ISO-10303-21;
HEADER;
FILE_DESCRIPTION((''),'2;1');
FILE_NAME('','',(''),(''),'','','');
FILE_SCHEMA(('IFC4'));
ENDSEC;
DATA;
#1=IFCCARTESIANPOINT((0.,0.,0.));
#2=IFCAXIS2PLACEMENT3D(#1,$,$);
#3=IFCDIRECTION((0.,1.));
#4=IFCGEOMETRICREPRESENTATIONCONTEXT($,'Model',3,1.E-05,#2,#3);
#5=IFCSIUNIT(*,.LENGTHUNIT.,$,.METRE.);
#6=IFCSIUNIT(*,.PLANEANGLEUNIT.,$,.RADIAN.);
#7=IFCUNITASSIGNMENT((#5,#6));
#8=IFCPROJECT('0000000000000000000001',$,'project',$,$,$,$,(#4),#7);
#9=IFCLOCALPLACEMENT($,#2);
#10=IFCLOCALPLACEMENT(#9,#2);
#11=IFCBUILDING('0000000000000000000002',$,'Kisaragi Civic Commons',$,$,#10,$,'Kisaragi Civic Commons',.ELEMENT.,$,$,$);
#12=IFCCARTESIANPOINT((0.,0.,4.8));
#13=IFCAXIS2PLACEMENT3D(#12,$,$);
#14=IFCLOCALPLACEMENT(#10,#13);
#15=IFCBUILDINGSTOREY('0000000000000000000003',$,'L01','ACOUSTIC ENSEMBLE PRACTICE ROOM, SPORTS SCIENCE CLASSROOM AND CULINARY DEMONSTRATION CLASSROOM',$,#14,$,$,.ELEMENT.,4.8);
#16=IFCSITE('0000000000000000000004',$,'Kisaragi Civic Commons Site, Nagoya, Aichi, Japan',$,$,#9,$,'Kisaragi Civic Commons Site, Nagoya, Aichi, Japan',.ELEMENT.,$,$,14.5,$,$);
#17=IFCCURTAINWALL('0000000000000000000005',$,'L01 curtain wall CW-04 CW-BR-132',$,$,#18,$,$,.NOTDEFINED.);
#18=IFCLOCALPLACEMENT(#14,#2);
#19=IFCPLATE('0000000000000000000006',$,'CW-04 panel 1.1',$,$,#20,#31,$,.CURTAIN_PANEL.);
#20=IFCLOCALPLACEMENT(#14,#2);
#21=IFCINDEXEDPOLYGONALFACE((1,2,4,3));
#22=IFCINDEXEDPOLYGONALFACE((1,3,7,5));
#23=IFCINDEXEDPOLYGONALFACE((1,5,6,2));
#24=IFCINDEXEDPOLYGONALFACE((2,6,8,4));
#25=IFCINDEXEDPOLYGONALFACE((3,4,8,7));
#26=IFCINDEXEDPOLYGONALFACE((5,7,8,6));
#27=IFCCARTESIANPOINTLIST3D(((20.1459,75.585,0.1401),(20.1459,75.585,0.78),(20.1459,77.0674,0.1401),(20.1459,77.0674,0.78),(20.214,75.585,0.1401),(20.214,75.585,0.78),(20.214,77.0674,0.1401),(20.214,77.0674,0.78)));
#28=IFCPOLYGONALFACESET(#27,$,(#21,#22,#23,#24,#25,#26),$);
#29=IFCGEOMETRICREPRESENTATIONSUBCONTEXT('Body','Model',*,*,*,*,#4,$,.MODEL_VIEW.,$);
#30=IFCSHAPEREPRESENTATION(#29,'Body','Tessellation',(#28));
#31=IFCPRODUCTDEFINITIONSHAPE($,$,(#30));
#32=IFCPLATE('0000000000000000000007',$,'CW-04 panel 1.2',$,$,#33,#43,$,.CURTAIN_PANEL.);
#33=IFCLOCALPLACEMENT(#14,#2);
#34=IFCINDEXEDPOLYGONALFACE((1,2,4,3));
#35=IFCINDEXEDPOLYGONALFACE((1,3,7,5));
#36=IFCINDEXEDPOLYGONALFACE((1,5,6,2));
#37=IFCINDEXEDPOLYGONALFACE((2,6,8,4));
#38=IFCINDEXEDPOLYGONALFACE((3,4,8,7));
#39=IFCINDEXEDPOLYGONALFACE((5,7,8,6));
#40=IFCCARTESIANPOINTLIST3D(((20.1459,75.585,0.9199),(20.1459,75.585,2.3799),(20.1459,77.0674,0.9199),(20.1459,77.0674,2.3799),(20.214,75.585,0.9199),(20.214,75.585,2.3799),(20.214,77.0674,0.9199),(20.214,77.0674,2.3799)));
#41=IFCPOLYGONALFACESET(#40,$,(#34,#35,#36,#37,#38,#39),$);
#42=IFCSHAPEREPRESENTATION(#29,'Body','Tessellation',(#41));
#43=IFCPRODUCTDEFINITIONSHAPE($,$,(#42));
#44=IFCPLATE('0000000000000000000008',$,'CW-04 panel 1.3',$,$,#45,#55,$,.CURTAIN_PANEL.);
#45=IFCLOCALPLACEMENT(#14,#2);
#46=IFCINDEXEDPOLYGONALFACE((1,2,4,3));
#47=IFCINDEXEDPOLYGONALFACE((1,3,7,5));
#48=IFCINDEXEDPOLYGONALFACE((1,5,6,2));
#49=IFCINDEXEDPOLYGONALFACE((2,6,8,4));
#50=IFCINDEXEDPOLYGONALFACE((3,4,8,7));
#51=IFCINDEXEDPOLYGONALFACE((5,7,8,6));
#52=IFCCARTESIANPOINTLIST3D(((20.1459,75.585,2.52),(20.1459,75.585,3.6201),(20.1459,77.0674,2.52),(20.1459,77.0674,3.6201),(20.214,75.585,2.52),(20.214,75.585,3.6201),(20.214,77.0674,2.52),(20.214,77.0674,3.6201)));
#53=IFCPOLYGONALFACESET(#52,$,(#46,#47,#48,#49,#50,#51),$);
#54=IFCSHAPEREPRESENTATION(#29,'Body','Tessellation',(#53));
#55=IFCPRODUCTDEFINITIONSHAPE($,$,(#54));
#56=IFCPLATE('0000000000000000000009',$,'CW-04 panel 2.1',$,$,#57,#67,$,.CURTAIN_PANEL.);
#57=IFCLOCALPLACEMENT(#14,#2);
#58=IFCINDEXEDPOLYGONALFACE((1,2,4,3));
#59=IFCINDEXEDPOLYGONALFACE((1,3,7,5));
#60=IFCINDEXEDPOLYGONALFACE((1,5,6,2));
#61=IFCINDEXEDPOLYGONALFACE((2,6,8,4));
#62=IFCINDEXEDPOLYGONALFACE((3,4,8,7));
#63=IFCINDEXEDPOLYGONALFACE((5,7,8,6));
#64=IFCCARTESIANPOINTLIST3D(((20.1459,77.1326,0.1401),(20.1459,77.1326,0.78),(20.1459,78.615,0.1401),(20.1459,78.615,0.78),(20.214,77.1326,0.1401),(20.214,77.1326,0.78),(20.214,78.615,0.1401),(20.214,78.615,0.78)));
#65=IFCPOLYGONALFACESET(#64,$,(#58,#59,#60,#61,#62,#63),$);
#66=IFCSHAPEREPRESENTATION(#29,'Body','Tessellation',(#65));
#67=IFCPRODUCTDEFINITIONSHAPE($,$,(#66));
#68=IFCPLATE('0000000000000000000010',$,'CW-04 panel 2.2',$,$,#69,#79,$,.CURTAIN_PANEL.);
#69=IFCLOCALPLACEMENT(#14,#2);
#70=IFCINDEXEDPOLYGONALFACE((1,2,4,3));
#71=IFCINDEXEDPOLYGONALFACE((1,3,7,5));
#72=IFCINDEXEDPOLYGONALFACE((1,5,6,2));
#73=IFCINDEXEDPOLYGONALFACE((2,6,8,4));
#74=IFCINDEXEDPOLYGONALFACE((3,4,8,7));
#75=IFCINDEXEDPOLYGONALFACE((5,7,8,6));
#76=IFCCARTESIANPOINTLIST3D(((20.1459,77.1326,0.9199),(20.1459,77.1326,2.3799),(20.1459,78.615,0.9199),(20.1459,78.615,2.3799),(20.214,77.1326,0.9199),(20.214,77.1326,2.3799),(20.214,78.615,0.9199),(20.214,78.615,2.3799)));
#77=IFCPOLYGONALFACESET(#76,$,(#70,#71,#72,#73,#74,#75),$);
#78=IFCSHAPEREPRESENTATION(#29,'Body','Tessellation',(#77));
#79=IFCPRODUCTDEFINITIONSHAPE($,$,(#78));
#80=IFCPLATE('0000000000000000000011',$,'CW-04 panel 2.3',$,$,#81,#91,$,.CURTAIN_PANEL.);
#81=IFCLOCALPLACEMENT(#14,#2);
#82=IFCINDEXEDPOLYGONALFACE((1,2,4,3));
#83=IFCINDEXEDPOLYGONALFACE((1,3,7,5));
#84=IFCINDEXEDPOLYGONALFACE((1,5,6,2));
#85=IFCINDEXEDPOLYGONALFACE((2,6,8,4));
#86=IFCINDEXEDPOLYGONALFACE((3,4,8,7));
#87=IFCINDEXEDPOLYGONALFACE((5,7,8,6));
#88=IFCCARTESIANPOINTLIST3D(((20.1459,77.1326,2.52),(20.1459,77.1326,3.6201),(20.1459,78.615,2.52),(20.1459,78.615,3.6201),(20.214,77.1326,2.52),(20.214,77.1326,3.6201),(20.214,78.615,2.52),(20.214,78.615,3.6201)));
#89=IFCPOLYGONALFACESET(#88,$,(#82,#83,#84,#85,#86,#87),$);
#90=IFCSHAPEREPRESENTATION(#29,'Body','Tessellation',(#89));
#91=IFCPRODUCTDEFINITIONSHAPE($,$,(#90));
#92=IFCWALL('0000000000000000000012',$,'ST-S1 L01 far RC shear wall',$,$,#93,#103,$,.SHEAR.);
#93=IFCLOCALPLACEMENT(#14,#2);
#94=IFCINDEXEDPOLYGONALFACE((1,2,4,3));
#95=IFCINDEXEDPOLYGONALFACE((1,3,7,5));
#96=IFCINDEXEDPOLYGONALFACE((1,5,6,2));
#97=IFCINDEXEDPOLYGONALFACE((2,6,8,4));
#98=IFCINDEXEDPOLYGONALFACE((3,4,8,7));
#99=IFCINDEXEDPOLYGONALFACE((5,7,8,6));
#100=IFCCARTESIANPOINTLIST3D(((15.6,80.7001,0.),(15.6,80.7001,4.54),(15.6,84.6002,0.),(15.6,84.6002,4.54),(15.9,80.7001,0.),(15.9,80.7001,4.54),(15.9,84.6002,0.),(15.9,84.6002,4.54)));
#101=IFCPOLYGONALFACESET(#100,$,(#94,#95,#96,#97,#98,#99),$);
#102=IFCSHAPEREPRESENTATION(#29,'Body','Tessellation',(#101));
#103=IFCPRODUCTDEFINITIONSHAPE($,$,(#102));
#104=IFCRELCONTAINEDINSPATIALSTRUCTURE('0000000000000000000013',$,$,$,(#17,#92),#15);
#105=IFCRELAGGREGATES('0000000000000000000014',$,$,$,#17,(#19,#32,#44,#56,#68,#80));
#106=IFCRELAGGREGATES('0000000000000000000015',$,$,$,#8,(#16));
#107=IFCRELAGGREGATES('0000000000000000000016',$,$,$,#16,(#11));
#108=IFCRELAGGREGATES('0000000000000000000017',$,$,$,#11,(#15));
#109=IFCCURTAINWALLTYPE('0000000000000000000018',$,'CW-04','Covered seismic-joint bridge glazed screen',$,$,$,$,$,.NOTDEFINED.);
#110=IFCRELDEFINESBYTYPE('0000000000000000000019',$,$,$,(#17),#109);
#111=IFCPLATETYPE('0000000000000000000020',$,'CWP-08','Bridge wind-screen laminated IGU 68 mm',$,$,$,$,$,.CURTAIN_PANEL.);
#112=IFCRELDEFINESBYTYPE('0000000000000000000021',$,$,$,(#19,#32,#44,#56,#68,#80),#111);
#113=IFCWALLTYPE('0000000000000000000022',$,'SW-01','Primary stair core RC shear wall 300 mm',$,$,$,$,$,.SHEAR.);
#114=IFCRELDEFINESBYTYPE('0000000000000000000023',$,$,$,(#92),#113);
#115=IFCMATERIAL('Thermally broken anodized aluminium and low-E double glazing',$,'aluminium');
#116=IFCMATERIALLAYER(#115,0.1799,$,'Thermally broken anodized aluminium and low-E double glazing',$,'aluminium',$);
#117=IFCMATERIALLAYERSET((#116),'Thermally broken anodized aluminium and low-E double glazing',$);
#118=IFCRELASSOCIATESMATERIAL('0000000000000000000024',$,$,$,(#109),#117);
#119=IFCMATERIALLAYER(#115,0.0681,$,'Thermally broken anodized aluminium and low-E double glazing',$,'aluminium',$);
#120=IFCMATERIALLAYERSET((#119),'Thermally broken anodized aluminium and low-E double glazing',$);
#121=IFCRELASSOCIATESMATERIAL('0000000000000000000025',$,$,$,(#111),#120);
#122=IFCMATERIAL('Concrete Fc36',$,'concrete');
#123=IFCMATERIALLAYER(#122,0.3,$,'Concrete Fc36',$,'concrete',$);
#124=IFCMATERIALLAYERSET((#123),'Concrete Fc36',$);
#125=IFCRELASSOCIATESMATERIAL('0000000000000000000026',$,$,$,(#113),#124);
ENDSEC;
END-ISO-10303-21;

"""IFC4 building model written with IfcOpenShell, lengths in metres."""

from ifc_helpers import new_model, si_unit, direction, frame, frame_2d, origin, origin_2d, place, context, subcontext, project, spatial, rectangle, extrude, material, layer, layer_set, type_object, element, aggregate, save


model = new_model("IFC4")

# Units and contexts
model_context = context("Model", 3, precision=1e-05, world=origin(), true_north=direction((0.0, 1.0)))
body_context = subcontext(model_context, "Body", "Model", "MODEL_VIEW")
ifc_project = project(units=[si_unit("LENGTHUNIT", "METRE"), si_unit("PLANEANGLEUNIT", "RADIAN")], contexts=[model_context])

# Site, building, storey
site_placement = place(None, origin())
site = spatial("IfcSite", under=ifc_project, at=site_placement, Name="Kisaragi Civic Commons Site, Nagoya, Aichi, Japan", LongName="Kisaragi Civic Commons Site, Nagoya, Aichi, Japan", CompositionType="ELEMENT", RefElevation=14.5)
building_placement = place(site_placement, origin())
building = spatial("IfcBuilding", under=site, at=building_placement, Name="Kisaragi Civic Commons", LongName="Kisaragi Civic Commons", CompositionType="ELEMENT")
storey_placement = place(building_placement, frame((0.0, 0.0, 4.8)))
storey = spatial("IfcBuildingStorey", under=building, at=storey_placement, Name="L01", Description="ACOUSTIC ENSEMBLE PRACTICE ROOM, SPORTS SCIENCE CLASSROOM AND CULINARY DEMONSTRATION CLASSROOM", CompositionType="ELEMENT", Elevation=4.8)

# Curtain wall
ifc_material_1 = material(Name="Thermally broken anodized aluminium and low-E double glazing", Category="aluminium")
ifc_layer_1 = layer(ifc_material_1, 0.1799, Name="Thermally broken anodized aluminium and low-E double glazing", Category="aluminium")
ifc_layer_set_1 = layer_set([ifc_layer_1], Name="Thermally broken anodized aluminium and low-E double glazing")
curtain_wall_type = type_object("IfcCurtainWallType", Name="CW-04", Description="Covered seismic-joint bridge glazed screen", PredefinedType="NOTDEFINED", material=ifc_layer_set_1)
curtain_wall_1_placement = place(storey_placement, origin())
curtain_wall_1 = element("IfcCurtainWall", 1, at=curtain_wall_1_placement, inside=storey, type_object=curtain_wall_type, Name="L01 curtain wall CW-04 CW-BR-132", PredefinedType="NOTDEFINED")

# Plates
ifc_layer_2 = layer(ifc_material_1, 0.0681, Name="Thermally broken anodized aluminium and low-E double glazing", Category="aluminium")
ifc_layer_set_2 = layer_set([ifc_layer_2], Name="Thermally broken anodized aluminium and low-E double glazing")
plate_type = type_object("IfcPlateType", Name="CWP-08", Description="Bridge wind-screen laminated IGU 68 mm", PredefinedType="CURTAIN_PANEL", material=ifc_layer_set_2)
plate_1_placement = place(storey_placement, frame((20.1799, 76.3262, 0.1401), z_axis=(0.0, 0.0, 1.0), x_axis=(0.0, 1.0, 0.0)))
plate_1 = element("IfcPlate", 2, at=plate_1_placement, type_object=plate_type, Name="CW-04 panel 1.1", PredefinedType="CURTAIN_PANEL", context=body_context, shape_type="SweptSolid", body=[
    extrude(rectangle(XDim=1.4824, YDim=0.0681, at=origin_2d()), origin(), (0.0, 0.0, 1.0), 0.6399),
])
plate_2_placement = place(storey_placement, frame((20.1799, 76.3262, 0.9199), z_axis=(0.0, 0.0, 1.0), x_axis=(0.0, 1.0, 0.0)))
plate_2 = element("IfcPlate", 3, at=plate_2_placement, type_object=plate_type, Name="CW-04 panel 1.2", PredefinedType="CURTAIN_PANEL", context=body_context, shape_type="SweptSolid", body=[
    extrude(rectangle(XDim=1.4824, YDim=0.0681, at=origin_2d()), origin(), (0.0, 0.0, 1.0), 1.46),
])
plate_3_placement = place(storey_placement, frame((20.1799, 76.3262, 2.52), z_axis=(0.0, 0.0, 1.0), x_axis=(0.0, 1.0, 0.0)))
plate_3 = element("IfcPlate", 4, at=plate_3_placement, type_object=plate_type, Name="CW-04 panel 1.3", PredefinedType="CURTAIN_PANEL", context=body_context, shape_type="SweptSolid", body=[
    extrude(rectangle(XDim=1.4824, YDim=0.0681, at=origin_2d()), origin(), (0.0, 0.0, 1.0), 1.1001),
])
plate_4_placement = place(storey_placement, frame((20.1799, 77.8738, 0.1401), z_axis=(0.0, 0.0, 1.0), x_axis=(0.0, 1.0, 0.0)))
plate_4 = element("IfcPlate", 5, at=plate_4_placement, type_object=plate_type, Name="CW-04 panel 2.1", PredefinedType="CURTAIN_PANEL", context=body_context, shape_type="SweptSolid", body=[
    extrude(rectangle(XDim=1.4824, YDim=0.0681, at=origin_2d()), origin(), (0.0, 0.0, 1.0), 0.6399),
])
plate_5_placement = place(storey_placement, frame((20.1799, 77.8738, 0.9199), z_axis=(0.0, 0.0, 1.0), x_axis=(0.0, 1.0, 0.0)))
plate_5 = element("IfcPlate", 6, at=plate_5_placement, type_object=plate_type, Name="CW-04 panel 2.2", PredefinedType="CURTAIN_PANEL", context=body_context, shape_type="SweptSolid", body=[
    extrude(rectangle(XDim=1.4824, YDim=0.0681, at=origin_2d()), origin(), (0.0, 0.0, 1.0), 1.46),
])
plate_6_placement = place(storey_placement, frame((20.1799, 77.8738, 2.52), z_axis=(0.0, 0.0, 1.0), x_axis=(0.0, 1.0, 0.0)))
plate_6 = element("IfcPlate", 7, at=plate_6_placement, type_object=plate_type, Name="CW-04 panel 2.3", PredefinedType="CURTAIN_PANEL", context=body_context, shape_type="SweptSolid", body=[
    extrude(rectangle(XDim=1.4824, YDim=0.0681, at=origin_2d()), origin(), (0.0, 0.0, 1.0), 1.1001),
])
aggregate(curtain_wall_1, [plate_1, plate_2, plate_3, plate_4, plate_5, plate_6])

# Wall
ifc_material_2 = material(Name="Concrete Fc36", Category="concrete")
ifc_layer_3 = layer(ifc_material_2, 0.3, Name="Concrete Fc36", Category="concrete")
ifc_layer_set_3 = layer_set([ifc_layer_3], Name="Concrete Fc36")
wall_type = type_object("IfcWallType", Name="SW-01", Description="Primary stair core RC shear wall 300 mm", PredefinedType="SHEAR", material=ifc_layer_set_3)
wall_placement = place(storey_placement, frame((15.75, 80.7, 0.0), z_axis=(0.0, 0.0, 1.0), x_axis=(0.0, 1.0, 0.0)))
element("IfcWall", 8, at=wall_placement, inside=storey, type_object=wall_type, Name="ST-S1 L01 far RC shear wall", PredefinedType="SHEAR", context=body_context, shape_type="SweptSolid", body=[
    extrude(rectangle(XDim=3.9001, YDim=0.3, at=frame_2d((1.9502, 0.0))), origin(), (0.0, 0.0, 1.0), 4.54),
])

save(model, "model.ifc")
